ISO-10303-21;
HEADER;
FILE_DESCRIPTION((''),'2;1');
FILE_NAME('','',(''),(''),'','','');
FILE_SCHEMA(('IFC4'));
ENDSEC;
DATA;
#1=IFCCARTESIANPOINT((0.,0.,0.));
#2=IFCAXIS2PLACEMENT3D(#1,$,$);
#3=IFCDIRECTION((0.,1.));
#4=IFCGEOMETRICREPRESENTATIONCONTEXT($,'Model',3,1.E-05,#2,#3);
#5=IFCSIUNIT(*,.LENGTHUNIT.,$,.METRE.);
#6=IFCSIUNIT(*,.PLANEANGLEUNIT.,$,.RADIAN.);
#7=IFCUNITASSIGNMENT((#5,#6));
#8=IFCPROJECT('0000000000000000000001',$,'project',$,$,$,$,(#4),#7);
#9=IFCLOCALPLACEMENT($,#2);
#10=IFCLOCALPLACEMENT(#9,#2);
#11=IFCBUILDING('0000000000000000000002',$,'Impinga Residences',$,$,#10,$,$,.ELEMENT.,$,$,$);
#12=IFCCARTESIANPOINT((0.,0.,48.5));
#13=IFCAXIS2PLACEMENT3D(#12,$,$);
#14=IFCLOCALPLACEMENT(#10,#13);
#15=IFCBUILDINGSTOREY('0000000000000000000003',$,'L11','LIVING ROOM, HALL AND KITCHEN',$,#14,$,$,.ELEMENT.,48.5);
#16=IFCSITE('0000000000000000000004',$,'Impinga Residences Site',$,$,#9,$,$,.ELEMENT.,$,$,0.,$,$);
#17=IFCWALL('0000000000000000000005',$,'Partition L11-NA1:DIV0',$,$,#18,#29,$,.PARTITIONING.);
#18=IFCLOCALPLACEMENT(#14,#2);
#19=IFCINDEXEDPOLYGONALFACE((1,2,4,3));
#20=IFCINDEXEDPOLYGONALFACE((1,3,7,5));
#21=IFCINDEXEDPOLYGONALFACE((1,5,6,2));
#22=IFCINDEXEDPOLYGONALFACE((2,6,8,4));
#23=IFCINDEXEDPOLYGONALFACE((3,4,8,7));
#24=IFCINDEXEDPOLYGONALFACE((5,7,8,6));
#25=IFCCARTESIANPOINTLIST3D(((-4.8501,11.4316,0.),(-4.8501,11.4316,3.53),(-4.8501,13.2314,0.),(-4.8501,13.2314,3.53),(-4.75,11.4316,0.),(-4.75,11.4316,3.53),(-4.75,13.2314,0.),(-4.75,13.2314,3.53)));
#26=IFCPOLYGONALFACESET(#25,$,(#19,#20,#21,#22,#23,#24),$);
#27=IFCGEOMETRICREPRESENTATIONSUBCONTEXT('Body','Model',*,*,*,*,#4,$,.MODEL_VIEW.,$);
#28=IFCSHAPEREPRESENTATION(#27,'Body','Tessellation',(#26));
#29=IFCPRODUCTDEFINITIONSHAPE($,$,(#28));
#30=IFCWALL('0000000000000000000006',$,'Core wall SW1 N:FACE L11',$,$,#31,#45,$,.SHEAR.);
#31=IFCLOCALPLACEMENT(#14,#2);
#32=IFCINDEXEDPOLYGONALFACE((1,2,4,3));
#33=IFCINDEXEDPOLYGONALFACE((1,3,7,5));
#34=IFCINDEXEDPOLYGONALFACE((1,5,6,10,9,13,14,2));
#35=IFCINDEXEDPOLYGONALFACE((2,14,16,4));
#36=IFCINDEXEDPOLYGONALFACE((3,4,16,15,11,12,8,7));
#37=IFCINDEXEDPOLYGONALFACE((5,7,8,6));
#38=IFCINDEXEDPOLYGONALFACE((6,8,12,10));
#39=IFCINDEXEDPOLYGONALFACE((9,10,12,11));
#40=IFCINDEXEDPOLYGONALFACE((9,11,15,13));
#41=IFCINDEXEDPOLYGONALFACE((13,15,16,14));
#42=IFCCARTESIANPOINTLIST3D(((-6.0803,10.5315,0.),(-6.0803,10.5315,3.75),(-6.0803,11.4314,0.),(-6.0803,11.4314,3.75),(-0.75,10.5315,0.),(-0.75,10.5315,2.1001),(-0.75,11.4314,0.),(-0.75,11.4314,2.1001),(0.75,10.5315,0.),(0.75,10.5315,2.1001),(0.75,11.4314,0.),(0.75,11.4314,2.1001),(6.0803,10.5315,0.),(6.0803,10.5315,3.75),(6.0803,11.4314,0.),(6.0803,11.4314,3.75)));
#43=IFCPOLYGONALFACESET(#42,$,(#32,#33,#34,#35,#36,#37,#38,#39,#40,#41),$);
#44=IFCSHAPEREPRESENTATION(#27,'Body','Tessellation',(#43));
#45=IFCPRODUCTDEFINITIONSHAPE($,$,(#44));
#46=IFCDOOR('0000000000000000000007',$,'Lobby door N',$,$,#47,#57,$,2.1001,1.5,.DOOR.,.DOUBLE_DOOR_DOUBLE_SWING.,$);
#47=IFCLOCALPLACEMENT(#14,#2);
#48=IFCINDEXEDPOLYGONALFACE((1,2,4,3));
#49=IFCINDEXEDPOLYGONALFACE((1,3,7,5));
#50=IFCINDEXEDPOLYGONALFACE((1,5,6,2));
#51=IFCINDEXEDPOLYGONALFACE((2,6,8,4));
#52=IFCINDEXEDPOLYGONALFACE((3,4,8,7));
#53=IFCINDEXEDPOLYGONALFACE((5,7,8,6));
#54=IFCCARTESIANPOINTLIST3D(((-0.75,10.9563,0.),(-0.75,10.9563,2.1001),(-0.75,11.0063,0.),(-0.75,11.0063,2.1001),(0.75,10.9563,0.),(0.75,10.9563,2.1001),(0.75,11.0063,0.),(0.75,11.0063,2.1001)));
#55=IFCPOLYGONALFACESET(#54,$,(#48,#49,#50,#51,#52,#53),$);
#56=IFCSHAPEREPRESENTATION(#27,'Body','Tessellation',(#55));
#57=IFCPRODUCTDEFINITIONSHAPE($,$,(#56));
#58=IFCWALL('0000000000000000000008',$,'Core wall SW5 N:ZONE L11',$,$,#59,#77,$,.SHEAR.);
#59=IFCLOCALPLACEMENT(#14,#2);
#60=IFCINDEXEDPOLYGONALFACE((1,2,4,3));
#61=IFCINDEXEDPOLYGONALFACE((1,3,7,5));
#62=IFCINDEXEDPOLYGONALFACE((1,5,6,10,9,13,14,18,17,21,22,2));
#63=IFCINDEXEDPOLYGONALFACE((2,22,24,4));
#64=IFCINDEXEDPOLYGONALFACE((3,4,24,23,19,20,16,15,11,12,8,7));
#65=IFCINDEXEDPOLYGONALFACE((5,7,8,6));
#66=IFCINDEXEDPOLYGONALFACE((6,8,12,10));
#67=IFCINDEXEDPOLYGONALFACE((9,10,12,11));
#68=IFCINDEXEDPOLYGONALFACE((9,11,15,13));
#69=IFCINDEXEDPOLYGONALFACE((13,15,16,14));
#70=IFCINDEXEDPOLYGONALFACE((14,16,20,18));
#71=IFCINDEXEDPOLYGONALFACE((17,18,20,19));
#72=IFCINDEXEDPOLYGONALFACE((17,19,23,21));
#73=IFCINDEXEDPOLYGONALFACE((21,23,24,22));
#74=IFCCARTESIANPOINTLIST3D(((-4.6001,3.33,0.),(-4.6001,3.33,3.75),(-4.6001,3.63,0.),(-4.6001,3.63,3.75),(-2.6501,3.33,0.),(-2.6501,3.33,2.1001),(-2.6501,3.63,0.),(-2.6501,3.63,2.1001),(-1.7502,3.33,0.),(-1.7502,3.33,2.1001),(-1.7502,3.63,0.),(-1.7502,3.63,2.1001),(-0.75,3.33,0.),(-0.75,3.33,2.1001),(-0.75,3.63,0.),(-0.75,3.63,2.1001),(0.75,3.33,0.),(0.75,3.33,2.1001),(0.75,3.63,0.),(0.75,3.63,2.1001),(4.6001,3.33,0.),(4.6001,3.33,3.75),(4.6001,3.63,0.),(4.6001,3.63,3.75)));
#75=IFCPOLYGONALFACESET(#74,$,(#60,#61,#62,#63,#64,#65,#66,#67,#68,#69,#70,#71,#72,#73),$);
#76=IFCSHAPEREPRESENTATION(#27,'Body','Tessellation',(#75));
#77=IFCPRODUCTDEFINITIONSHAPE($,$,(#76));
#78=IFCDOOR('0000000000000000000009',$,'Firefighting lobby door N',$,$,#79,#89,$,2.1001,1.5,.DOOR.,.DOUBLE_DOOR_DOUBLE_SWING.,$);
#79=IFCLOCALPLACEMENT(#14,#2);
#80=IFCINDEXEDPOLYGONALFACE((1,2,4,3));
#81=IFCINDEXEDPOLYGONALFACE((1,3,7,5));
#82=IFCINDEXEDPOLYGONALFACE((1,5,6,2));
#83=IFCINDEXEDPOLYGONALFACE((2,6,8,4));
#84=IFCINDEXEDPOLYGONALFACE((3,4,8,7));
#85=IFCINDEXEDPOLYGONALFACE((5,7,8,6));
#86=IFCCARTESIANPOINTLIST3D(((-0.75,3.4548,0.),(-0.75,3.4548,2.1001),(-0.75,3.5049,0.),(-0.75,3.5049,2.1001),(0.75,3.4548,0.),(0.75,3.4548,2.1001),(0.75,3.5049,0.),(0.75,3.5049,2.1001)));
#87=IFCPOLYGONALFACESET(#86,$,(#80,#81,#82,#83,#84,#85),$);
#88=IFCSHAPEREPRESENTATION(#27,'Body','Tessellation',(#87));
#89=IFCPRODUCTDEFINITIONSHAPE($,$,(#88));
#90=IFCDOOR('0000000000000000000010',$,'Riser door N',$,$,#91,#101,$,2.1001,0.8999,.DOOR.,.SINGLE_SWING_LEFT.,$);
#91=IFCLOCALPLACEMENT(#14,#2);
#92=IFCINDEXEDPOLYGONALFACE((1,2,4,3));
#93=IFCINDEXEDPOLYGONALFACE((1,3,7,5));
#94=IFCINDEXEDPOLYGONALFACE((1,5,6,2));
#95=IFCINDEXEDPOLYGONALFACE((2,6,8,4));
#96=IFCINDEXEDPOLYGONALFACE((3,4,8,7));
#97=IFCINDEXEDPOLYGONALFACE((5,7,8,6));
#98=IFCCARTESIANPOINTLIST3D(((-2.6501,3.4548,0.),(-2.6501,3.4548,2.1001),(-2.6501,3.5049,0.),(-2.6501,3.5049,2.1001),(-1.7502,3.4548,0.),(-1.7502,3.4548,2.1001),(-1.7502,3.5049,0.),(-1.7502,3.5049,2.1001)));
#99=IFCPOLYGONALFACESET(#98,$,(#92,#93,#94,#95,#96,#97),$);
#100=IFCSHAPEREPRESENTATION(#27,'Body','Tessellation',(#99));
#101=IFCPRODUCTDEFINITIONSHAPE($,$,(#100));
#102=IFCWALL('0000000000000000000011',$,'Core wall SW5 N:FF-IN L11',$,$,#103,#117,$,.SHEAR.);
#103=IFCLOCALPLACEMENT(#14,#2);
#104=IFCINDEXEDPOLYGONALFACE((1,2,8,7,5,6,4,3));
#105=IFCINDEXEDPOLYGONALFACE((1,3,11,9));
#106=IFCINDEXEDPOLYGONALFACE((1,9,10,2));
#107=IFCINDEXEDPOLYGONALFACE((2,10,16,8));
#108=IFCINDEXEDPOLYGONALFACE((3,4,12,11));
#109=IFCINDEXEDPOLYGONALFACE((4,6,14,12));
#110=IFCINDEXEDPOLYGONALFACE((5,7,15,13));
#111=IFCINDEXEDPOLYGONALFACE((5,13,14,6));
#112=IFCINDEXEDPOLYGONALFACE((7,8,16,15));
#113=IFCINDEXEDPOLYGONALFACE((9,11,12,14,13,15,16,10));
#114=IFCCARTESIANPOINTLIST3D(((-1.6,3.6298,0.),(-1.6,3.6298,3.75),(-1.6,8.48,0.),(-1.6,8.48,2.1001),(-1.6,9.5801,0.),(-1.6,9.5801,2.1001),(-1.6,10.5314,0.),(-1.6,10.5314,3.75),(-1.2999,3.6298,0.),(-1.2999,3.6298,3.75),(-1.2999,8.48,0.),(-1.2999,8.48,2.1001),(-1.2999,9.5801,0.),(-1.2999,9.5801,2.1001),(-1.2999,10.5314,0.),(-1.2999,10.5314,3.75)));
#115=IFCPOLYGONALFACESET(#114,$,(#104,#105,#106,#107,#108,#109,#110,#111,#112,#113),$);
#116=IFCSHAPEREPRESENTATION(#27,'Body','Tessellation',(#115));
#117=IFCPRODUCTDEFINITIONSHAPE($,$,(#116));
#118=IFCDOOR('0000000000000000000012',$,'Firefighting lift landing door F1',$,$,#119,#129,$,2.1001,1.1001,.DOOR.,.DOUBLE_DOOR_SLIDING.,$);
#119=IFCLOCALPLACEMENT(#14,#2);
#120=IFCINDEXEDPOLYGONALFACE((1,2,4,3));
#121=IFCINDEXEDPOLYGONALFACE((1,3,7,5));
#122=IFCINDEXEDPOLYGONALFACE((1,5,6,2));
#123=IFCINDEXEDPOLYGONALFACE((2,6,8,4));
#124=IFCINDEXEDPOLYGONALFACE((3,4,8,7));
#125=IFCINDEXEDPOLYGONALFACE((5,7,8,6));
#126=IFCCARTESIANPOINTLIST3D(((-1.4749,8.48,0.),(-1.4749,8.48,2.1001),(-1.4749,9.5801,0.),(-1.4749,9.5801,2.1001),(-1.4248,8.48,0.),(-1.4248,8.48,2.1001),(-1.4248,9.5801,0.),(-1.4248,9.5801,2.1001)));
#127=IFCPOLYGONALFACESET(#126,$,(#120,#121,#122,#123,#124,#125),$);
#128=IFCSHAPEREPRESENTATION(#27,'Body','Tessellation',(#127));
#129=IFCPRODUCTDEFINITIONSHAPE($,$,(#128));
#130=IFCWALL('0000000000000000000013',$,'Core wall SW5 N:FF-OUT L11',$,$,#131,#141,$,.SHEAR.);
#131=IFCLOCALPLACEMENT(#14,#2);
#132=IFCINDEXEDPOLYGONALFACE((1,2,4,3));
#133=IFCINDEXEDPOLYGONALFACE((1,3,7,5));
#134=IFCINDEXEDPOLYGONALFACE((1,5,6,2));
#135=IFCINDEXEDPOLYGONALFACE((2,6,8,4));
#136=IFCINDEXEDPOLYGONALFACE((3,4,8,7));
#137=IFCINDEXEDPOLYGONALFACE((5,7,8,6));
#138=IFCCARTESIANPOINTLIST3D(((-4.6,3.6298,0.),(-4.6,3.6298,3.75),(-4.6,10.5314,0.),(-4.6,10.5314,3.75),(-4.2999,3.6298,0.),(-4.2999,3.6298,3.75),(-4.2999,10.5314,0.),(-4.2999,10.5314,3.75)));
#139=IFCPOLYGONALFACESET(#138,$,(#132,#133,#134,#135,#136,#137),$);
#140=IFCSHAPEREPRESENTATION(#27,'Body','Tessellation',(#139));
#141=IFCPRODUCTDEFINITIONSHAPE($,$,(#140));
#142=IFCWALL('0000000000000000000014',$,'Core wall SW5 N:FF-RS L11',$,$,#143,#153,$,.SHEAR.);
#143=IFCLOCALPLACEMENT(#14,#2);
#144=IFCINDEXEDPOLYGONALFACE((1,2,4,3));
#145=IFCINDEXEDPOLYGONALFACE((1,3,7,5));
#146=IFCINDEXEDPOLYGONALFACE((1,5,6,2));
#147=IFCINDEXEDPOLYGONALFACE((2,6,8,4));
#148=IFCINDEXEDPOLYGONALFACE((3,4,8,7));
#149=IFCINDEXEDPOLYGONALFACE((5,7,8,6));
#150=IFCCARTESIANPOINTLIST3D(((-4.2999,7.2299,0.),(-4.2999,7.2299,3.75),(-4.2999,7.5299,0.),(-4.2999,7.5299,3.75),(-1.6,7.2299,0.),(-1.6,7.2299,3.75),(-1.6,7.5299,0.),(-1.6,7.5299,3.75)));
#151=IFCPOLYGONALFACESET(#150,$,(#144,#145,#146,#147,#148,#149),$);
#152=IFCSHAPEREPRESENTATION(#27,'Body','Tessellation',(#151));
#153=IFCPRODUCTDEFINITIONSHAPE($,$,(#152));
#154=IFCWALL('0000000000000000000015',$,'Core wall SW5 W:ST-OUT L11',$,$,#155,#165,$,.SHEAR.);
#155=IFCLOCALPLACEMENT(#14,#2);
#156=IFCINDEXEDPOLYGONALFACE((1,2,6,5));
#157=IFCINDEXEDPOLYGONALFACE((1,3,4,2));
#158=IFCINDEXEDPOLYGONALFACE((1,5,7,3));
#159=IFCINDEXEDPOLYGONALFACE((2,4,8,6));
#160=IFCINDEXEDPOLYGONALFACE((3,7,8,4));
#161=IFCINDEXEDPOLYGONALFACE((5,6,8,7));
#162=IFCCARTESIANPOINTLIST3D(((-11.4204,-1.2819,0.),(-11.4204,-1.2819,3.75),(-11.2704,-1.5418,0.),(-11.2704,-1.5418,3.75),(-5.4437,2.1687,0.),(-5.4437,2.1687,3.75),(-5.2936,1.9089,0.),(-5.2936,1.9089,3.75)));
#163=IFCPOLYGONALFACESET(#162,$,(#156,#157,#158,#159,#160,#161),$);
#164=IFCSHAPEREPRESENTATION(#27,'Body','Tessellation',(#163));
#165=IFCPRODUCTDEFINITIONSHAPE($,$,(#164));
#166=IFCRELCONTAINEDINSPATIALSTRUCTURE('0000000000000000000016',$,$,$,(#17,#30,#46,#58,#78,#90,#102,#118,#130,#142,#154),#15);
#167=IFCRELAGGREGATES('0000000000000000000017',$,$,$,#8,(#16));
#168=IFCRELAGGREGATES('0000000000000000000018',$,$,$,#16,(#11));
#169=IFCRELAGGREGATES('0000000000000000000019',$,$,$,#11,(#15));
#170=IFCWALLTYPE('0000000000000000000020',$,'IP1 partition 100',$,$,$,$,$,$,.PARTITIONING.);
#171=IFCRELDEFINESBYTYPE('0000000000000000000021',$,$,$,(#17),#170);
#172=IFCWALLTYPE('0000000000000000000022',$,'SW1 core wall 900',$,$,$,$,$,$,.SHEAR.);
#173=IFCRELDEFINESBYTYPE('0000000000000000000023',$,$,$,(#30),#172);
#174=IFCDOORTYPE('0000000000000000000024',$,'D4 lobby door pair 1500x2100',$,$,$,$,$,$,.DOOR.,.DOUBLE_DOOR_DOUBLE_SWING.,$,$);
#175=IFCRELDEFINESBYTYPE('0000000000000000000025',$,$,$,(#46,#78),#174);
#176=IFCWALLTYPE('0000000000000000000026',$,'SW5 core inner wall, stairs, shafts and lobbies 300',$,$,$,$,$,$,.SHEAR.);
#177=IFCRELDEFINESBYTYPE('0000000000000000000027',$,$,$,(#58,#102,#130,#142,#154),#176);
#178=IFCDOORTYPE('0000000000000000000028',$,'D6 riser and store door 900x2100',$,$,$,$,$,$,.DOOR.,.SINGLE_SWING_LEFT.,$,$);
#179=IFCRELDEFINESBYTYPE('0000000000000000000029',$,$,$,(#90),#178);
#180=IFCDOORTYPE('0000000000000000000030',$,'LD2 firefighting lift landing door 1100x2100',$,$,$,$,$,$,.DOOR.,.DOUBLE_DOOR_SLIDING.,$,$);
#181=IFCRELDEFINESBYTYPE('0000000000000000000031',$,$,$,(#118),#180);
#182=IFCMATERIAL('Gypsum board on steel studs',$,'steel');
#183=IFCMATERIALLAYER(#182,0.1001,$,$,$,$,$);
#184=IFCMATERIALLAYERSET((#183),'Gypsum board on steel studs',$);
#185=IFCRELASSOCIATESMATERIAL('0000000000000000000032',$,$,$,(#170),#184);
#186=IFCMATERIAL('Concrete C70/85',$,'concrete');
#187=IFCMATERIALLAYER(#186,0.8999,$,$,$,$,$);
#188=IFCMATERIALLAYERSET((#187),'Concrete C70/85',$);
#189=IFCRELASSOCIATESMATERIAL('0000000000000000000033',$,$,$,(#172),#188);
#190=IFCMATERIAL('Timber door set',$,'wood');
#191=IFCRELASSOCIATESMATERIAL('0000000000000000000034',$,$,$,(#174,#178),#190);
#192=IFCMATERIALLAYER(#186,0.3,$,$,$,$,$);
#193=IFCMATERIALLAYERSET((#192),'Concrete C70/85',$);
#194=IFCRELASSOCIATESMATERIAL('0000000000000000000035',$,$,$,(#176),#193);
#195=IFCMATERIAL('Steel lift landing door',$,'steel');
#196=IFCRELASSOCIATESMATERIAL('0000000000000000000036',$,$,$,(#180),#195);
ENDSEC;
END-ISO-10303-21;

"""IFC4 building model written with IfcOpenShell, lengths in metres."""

from ifc_helpers import new_model, si_unit, direction, frame, frame_2d, origin, place, context, subcontext, project, spatial, rectangle, extrude, material, layer, layer_set, type_object, element, fill, save


model = new_model("IFC4")

# Units and contexts
model_context = context("Model", 3, precision=1e-05, world=origin(), true_north=direction((0.0, 1.0)))
body_context = subcontext(model_context, "Body", "Model", "MODEL_VIEW")
ifc_project = project(units=[si_unit("LENGTHUNIT", "METRE"), si_unit("PLANEANGLEUNIT", "RADIAN")], contexts=[model_context])

# Site, building, storey
site_placement = place(None, origin())
site = spatial("IfcSite", under=ifc_project, at=site_placement, Name="Impinga Residences Site", CompositionType="ELEMENT", RefElevation=0.0)
building_placement = place(site_placement, origin())
building = spatial("IfcBuilding", under=site, at=building_placement, Name="Impinga Residences", CompositionType="ELEMENT")
storey_placement = place(building_placement, frame((0.0, 0.0, 48.5)))
storey = spatial("IfcBuildingStorey", under=building, at=storey_placement, Name="L11", Description="LIVING ROOM, HALL AND KITCHEN", CompositionType="ELEMENT", Elevation=48.5)

# Shared definitions
ifc_material_1 = material(Name="Concrete C70/85", Category="concrete")
ifc_material_2 = material(Name="Timber door set", Category="wood")

# Wall
ifc_material_3 = material(Name="Gypsum board on steel studs", Category="steel")
ifc_layer_1 = layer(ifc_material_3, 0.1001)
ifc_layer_set_1 = layer_set([ifc_layer_1], Name="Gypsum board on steel studs")
wall_type_1 = type_object("IfcWallType", Name="IP1 partition 100", PredefinedType="PARTITIONING", material=ifc_layer_set_1)
wall_1_placement = place(storey_placement, frame((-4.8, 11.4316, 0.0), z_axis=(0.0, 0.0, 1.0), x_axis=(0.0, 1.0, 0.0)))
element("IfcWall", 1, at=wall_1_placement, inside=storey, type_object=wall_type_1, Name="Partition L11-NA1:DIV0", PredefinedType="PARTITIONING", context=body_context, shape_type="SweptSolid", body=[
    extrude(rectangle(XDim=1.7998, YDim=0.1001, at=frame_2d((0.8999, 0.0))), origin(), (0.0, 0.0, 1.0), 3.53),
])

# Wall, opening, door
ifc_layer_2 = layer(ifc_material_1, 0.8999)
ifc_layer_set_2 = layer_set([ifc_layer_2], Name="Concrete C70/85")
wall_type_2 = type_object("IfcWallType", Name="SW1 core wall 900", PredefinedType="SHEAR", material=ifc_layer_set_2)
wall_2_placement = place(storey_placement, frame((-6.0803, 10.9814, 0.0), z_axis=(0.0, 0.0, 1.0), x_axis=(1.0, 0.0, 0.0)))
wall_2 = element("IfcWall", 2, at=wall_2_placement, inside=storey, type_object=wall_type_2, Name="Core wall SW1 N:FACE L11", PredefinedType="SHEAR", context=body_context, shape_type="SweptSolid", body=[
    extrude(rectangle(XDim=12.1606, YDim=0.8999, at=frame_2d((6.0803, 0.0))), origin(), (0.0, 0.0, 1.0), 3.75),
])
opening_1_placement = place(wall_2_placement, frame((5.3303, 0.0, 0.0)))
opening_1 = element("IfcOpeningElement", 3, at=opening_1_placement, cuts=wall_2, PredefinedType="OPENING", context=body_context, shape_type="SweptSolid", body=[
    extrude(rectangle(XDim=1.5, YDim=2.1001, at=frame_2d((0.75, 1.05))), frame((0.0, 0.46, 0.0), z_axis=(0.0, -1.0, 0.0), x_axis=(1.0, 0.0, 0.0)), (0.0, 0.0, 1.0), 0.9199),
])
door_type_1 = type_object("IfcDoorType", Name="D4 lobby door pair 1500x2100", OperationType="DOUBLE_DOOR_DOUBLE_SWING", PredefinedType="DOOR", material=ifc_material_2)
door_1_placement = place(opening_1_placement, origin())
door_1 = element("IfcDoor", 4, at=door_1_placement, inside=storey, type_object=door_type_1, Name="Lobby door N", OperationType="DOUBLE_DOOR_DOUBLE_SWING", OverallHeight=2.1001, OverallWidth=1.5, PredefinedType="DOOR", context=body_context, shape_type="SweptSolid", body=[
    extrude(rectangle(XDim=1.5, YDim=2.1001, at=frame_2d((0.75, 1.05))), frame((0.0, 0.0249, 0.0), z_axis=(0.0, -1.0, 0.0), x_axis=(1.0, 0.0, 0.0)), (0.0, 0.0, 1.0), 0.05),
])
fill(opening_1, door_1)

# Wall, openings, doors
ifc_layer_3 = layer(ifc_material_1, 0.3)
ifc_layer_set_3 = layer_set([ifc_layer_3], Name="Concrete C70/85")
wall_type_3 = type_object("IfcWallType", Name="SW5 core inner wall, stairs, shafts and lobbies 300", PredefinedType="SHEAR", material=ifc_layer_set_3)
wall_3_placement = place(storey_placement, frame((-4.6001, 3.48, 0.0), z_axis=(0.0, 0.0, 1.0), x_axis=(1.0, 0.0, 0.0)))
wall_3 = element("IfcWall", 5, at=wall_3_placement, inside=storey, type_object=wall_type_3, Name="Core wall SW5 N:ZONE L11", PredefinedType="SHEAR", context=body_context, shape_type="SweptSolid", body=[
    extrude(rectangle(XDim=9.2002, YDim=0.3, at=frame_2d((4.6001, 0.0))), origin(), (0.0, 0.0, 1.0), 3.75),
])
opening_2_placement = place(wall_3_placement, frame((3.8501, 0.0, 0.0)))
opening_2 = element("IfcOpeningElement", 6, at=opening_2_placement, cuts=wall_3, PredefinedType="OPENING", context=body_context, shape_type="SweptSolid", body=[
    extrude(rectangle(XDim=1.5, YDim=2.1001, at=frame_2d((0.75, 1.05))), frame((0.0, 0.1599, 0.0), z_axis=(0.0, -1.0, 0.0), x_axis=(1.0, 0.0, 0.0)), (0.0, 0.0, 1.0), 0.3201),
])
opening_3_placement = place(wall_3_placement, frame((1.95, 0.0, 0.0)))
opening_3 = element("IfcOpeningElement", 7, at=opening_3_placement, cuts=wall_3, PredefinedType="OPENING", context=body_context, shape_type="SweptSolid", body=[
    extrude(rectangle(XDim=0.8999, YDim=2.1001, at=frame_2d((0.45, 1.05))), frame((0.0, 0.1599, 0.0), z_axis=(0.0, -1.0, 0.0), x_axis=(1.0, 0.0, 0.0)), (0.0, 0.0, 1.0), 0.3201),
])
door_2_placement = place(opening_2_placement, origin())
door_2 = element("IfcDoor", 8, at=door_2_placement, inside=storey, type_object=door_type_1, Name="Firefighting lobby door N", OperationType="DOUBLE_DOOR_DOUBLE_SWING", OverallHeight=2.1001, OverallWidth=1.5, PredefinedType="DOOR", context=body_context, shape_type="SweptSolid", body=[
    extrude(rectangle(XDim=1.5, YDim=2.1001, at=frame_2d((0.75, 1.05))), frame((0.0, 0.0249, 0.0), z_axis=(0.0, -1.0, 0.0), x_axis=(1.0, 0.0, 0.0)), (0.0, 0.0, 1.0), 0.05),
])
fill(opening_2, door_2)
door_type_2 = type_object("IfcDoorType", Name="D6 riser and store door 900x2100", OperationType="SINGLE_SWING_LEFT", PredefinedType="DOOR", material=ifc_material_2)
door_3_placement = place(opening_3_placement, origin())
door_3 = element("IfcDoor", 9, at=door_3_placement, inside=storey, type_object=door_type_2, Name="Riser door N", OperationType="SINGLE_SWING_LEFT", OverallHeight=2.1001, OverallWidth=0.8999, PredefinedType="DOOR", context=body_context, shape_type="SweptSolid", body=[
    extrude(rectangle(XDim=0.8999, YDim=2.1001, at=frame_2d((0.45, 1.05))), frame((0.0, 0.0249, 0.0), z_axis=(0.0, -1.0, 0.0), x_axis=(1.0, 0.0, 0.0)), (0.0, 0.0, 1.0), 0.05),
])
fill(opening_3, door_3)

# Wall, opening, door
wall_4_placement = place(storey_placement, frame((-1.45, 3.6299, 0.0), z_axis=(0.0, 0.0, 1.0), x_axis=(0.0, 1.0, 0.0)))
wall_4 = element("IfcWall", 10, at=wall_4_placement, inside=storey, type_object=wall_type_3, Name="Core wall SW5 N:FF-IN L11", PredefinedType="SHEAR", context=body_context, shape_type="SweptSolid", body=[
    extrude(rectangle(XDim=6.9016, YDim=0.3, at=frame_2d((3.4507, 0.0))), origin(), (0.0, 0.0, 1.0), 3.75),
])
opening_4_placement = place(wall_4_placement, frame((4.8501, 0.0, 0.0)))
opening_4 = element("IfcOpeningElement", 11, at=opening_4_placement, cuts=wall_4, PredefinedType="OPENING", context=body_context, shape_type="SweptSolid", body=[
    extrude(rectangle(XDim=1.1001, YDim=2.1001, at=frame_2d((0.55, 1.05))), frame((0.0, 0.1599, 0.0), z_axis=(0.0, -1.0, 0.0), x_axis=(1.0, 0.0, 0.0)), (0.0, 0.0, 1.0), 0.3201),
])
ifc_material_4 = material(Name="Steel lift landing door", Category="steel")
door_type_3 = type_object("IfcDoorType", Name="LD2 firefighting lift landing door 1100x2100", OperationType="DOUBLE_DOOR_SLIDING", PredefinedType="DOOR", material=ifc_material_4)
door_4_placement = place(opening_4_placement, origin())
door_4 = element("IfcDoor", 12, at=door_4_placement, inside=storey, type_object=door_type_3, Name="Firefighting lift landing door F1", OperationType="DOUBLE_DOOR_SLIDING", OverallHeight=2.1001, OverallWidth=1.1001, PredefinedType="DOOR", context=body_context, shape_type="SweptSolid", body=[
    extrude(rectangle(XDim=1.1001, YDim=2.1001, at=frame_2d((0.55, 1.05))), frame((0.0, 0.0249, 0.0), z_axis=(0.0, -1.0, 0.0), x_axis=(1.0, 0.0, 0.0)), (0.0, 0.0, 1.0), 0.05),
])
fill(opening_4, door_4)

# Walls
wall_5_placement = place(storey_placement, frame((-4.45, 3.6299, 0.0), z_axis=(0.0, 0.0, 1.0), x_axis=(0.0, 1.0, 0.0)))
element("IfcWall", 13, at=wall_5_placement, inside=storey, type_object=wall_type_3, Name="Core wall SW5 N:FF-OUT L11", PredefinedType="SHEAR", context=body_context, shape_type="SweptSolid", body=[
    extrude(rectangle(XDim=6.9016, YDim=0.3, at=frame_2d((3.4507, 0.0))), origin(), (0.0, 0.0, 1.0), 3.75),
])
wall_6_placement = place(storey_placement, frame((-4.3, 7.3799, 0.0), z_axis=(0.0, 0.0, 1.0), x_axis=(1.0, 0.0, 0.0)))
element("IfcWall", 14, at=wall_6_placement, inside=storey, type_object=wall_type_3, Name="Core wall SW5 N:FF-RS L11", PredefinedType="SHEAR", context=body_context, shape_type="SweptSolid", body=[
    extrude(rectangle(XDim=2.7, YDim=0.3, at=frame_2d((1.3501, 0.0))), origin(), (0.0, 0.0, 1.0), 3.75),
])
wall_7_placement = place(storey_placement, frame((-5.3687, 2.0388, 0.0), z_axis=(0.0, 0.0, 1.0), x_axis=(-0.866027, -0.499997, 0.0)))
element("IfcWall", 15, at=wall_7_placement, inside=storey, type_object=wall_type_3, Name="Core wall SW5 W:ST-OUT L11", PredefinedType="SHEAR", context=body_context, shape_type="SweptSolid", body=[
    extrude(rectangle(XDim=6.9014, YDim=0.3, at=frame_2d((3.4507, 0.0))), origin(), (0.0, 0.0, 1.0), 3.75),
])

save(model, "model.ifc")
